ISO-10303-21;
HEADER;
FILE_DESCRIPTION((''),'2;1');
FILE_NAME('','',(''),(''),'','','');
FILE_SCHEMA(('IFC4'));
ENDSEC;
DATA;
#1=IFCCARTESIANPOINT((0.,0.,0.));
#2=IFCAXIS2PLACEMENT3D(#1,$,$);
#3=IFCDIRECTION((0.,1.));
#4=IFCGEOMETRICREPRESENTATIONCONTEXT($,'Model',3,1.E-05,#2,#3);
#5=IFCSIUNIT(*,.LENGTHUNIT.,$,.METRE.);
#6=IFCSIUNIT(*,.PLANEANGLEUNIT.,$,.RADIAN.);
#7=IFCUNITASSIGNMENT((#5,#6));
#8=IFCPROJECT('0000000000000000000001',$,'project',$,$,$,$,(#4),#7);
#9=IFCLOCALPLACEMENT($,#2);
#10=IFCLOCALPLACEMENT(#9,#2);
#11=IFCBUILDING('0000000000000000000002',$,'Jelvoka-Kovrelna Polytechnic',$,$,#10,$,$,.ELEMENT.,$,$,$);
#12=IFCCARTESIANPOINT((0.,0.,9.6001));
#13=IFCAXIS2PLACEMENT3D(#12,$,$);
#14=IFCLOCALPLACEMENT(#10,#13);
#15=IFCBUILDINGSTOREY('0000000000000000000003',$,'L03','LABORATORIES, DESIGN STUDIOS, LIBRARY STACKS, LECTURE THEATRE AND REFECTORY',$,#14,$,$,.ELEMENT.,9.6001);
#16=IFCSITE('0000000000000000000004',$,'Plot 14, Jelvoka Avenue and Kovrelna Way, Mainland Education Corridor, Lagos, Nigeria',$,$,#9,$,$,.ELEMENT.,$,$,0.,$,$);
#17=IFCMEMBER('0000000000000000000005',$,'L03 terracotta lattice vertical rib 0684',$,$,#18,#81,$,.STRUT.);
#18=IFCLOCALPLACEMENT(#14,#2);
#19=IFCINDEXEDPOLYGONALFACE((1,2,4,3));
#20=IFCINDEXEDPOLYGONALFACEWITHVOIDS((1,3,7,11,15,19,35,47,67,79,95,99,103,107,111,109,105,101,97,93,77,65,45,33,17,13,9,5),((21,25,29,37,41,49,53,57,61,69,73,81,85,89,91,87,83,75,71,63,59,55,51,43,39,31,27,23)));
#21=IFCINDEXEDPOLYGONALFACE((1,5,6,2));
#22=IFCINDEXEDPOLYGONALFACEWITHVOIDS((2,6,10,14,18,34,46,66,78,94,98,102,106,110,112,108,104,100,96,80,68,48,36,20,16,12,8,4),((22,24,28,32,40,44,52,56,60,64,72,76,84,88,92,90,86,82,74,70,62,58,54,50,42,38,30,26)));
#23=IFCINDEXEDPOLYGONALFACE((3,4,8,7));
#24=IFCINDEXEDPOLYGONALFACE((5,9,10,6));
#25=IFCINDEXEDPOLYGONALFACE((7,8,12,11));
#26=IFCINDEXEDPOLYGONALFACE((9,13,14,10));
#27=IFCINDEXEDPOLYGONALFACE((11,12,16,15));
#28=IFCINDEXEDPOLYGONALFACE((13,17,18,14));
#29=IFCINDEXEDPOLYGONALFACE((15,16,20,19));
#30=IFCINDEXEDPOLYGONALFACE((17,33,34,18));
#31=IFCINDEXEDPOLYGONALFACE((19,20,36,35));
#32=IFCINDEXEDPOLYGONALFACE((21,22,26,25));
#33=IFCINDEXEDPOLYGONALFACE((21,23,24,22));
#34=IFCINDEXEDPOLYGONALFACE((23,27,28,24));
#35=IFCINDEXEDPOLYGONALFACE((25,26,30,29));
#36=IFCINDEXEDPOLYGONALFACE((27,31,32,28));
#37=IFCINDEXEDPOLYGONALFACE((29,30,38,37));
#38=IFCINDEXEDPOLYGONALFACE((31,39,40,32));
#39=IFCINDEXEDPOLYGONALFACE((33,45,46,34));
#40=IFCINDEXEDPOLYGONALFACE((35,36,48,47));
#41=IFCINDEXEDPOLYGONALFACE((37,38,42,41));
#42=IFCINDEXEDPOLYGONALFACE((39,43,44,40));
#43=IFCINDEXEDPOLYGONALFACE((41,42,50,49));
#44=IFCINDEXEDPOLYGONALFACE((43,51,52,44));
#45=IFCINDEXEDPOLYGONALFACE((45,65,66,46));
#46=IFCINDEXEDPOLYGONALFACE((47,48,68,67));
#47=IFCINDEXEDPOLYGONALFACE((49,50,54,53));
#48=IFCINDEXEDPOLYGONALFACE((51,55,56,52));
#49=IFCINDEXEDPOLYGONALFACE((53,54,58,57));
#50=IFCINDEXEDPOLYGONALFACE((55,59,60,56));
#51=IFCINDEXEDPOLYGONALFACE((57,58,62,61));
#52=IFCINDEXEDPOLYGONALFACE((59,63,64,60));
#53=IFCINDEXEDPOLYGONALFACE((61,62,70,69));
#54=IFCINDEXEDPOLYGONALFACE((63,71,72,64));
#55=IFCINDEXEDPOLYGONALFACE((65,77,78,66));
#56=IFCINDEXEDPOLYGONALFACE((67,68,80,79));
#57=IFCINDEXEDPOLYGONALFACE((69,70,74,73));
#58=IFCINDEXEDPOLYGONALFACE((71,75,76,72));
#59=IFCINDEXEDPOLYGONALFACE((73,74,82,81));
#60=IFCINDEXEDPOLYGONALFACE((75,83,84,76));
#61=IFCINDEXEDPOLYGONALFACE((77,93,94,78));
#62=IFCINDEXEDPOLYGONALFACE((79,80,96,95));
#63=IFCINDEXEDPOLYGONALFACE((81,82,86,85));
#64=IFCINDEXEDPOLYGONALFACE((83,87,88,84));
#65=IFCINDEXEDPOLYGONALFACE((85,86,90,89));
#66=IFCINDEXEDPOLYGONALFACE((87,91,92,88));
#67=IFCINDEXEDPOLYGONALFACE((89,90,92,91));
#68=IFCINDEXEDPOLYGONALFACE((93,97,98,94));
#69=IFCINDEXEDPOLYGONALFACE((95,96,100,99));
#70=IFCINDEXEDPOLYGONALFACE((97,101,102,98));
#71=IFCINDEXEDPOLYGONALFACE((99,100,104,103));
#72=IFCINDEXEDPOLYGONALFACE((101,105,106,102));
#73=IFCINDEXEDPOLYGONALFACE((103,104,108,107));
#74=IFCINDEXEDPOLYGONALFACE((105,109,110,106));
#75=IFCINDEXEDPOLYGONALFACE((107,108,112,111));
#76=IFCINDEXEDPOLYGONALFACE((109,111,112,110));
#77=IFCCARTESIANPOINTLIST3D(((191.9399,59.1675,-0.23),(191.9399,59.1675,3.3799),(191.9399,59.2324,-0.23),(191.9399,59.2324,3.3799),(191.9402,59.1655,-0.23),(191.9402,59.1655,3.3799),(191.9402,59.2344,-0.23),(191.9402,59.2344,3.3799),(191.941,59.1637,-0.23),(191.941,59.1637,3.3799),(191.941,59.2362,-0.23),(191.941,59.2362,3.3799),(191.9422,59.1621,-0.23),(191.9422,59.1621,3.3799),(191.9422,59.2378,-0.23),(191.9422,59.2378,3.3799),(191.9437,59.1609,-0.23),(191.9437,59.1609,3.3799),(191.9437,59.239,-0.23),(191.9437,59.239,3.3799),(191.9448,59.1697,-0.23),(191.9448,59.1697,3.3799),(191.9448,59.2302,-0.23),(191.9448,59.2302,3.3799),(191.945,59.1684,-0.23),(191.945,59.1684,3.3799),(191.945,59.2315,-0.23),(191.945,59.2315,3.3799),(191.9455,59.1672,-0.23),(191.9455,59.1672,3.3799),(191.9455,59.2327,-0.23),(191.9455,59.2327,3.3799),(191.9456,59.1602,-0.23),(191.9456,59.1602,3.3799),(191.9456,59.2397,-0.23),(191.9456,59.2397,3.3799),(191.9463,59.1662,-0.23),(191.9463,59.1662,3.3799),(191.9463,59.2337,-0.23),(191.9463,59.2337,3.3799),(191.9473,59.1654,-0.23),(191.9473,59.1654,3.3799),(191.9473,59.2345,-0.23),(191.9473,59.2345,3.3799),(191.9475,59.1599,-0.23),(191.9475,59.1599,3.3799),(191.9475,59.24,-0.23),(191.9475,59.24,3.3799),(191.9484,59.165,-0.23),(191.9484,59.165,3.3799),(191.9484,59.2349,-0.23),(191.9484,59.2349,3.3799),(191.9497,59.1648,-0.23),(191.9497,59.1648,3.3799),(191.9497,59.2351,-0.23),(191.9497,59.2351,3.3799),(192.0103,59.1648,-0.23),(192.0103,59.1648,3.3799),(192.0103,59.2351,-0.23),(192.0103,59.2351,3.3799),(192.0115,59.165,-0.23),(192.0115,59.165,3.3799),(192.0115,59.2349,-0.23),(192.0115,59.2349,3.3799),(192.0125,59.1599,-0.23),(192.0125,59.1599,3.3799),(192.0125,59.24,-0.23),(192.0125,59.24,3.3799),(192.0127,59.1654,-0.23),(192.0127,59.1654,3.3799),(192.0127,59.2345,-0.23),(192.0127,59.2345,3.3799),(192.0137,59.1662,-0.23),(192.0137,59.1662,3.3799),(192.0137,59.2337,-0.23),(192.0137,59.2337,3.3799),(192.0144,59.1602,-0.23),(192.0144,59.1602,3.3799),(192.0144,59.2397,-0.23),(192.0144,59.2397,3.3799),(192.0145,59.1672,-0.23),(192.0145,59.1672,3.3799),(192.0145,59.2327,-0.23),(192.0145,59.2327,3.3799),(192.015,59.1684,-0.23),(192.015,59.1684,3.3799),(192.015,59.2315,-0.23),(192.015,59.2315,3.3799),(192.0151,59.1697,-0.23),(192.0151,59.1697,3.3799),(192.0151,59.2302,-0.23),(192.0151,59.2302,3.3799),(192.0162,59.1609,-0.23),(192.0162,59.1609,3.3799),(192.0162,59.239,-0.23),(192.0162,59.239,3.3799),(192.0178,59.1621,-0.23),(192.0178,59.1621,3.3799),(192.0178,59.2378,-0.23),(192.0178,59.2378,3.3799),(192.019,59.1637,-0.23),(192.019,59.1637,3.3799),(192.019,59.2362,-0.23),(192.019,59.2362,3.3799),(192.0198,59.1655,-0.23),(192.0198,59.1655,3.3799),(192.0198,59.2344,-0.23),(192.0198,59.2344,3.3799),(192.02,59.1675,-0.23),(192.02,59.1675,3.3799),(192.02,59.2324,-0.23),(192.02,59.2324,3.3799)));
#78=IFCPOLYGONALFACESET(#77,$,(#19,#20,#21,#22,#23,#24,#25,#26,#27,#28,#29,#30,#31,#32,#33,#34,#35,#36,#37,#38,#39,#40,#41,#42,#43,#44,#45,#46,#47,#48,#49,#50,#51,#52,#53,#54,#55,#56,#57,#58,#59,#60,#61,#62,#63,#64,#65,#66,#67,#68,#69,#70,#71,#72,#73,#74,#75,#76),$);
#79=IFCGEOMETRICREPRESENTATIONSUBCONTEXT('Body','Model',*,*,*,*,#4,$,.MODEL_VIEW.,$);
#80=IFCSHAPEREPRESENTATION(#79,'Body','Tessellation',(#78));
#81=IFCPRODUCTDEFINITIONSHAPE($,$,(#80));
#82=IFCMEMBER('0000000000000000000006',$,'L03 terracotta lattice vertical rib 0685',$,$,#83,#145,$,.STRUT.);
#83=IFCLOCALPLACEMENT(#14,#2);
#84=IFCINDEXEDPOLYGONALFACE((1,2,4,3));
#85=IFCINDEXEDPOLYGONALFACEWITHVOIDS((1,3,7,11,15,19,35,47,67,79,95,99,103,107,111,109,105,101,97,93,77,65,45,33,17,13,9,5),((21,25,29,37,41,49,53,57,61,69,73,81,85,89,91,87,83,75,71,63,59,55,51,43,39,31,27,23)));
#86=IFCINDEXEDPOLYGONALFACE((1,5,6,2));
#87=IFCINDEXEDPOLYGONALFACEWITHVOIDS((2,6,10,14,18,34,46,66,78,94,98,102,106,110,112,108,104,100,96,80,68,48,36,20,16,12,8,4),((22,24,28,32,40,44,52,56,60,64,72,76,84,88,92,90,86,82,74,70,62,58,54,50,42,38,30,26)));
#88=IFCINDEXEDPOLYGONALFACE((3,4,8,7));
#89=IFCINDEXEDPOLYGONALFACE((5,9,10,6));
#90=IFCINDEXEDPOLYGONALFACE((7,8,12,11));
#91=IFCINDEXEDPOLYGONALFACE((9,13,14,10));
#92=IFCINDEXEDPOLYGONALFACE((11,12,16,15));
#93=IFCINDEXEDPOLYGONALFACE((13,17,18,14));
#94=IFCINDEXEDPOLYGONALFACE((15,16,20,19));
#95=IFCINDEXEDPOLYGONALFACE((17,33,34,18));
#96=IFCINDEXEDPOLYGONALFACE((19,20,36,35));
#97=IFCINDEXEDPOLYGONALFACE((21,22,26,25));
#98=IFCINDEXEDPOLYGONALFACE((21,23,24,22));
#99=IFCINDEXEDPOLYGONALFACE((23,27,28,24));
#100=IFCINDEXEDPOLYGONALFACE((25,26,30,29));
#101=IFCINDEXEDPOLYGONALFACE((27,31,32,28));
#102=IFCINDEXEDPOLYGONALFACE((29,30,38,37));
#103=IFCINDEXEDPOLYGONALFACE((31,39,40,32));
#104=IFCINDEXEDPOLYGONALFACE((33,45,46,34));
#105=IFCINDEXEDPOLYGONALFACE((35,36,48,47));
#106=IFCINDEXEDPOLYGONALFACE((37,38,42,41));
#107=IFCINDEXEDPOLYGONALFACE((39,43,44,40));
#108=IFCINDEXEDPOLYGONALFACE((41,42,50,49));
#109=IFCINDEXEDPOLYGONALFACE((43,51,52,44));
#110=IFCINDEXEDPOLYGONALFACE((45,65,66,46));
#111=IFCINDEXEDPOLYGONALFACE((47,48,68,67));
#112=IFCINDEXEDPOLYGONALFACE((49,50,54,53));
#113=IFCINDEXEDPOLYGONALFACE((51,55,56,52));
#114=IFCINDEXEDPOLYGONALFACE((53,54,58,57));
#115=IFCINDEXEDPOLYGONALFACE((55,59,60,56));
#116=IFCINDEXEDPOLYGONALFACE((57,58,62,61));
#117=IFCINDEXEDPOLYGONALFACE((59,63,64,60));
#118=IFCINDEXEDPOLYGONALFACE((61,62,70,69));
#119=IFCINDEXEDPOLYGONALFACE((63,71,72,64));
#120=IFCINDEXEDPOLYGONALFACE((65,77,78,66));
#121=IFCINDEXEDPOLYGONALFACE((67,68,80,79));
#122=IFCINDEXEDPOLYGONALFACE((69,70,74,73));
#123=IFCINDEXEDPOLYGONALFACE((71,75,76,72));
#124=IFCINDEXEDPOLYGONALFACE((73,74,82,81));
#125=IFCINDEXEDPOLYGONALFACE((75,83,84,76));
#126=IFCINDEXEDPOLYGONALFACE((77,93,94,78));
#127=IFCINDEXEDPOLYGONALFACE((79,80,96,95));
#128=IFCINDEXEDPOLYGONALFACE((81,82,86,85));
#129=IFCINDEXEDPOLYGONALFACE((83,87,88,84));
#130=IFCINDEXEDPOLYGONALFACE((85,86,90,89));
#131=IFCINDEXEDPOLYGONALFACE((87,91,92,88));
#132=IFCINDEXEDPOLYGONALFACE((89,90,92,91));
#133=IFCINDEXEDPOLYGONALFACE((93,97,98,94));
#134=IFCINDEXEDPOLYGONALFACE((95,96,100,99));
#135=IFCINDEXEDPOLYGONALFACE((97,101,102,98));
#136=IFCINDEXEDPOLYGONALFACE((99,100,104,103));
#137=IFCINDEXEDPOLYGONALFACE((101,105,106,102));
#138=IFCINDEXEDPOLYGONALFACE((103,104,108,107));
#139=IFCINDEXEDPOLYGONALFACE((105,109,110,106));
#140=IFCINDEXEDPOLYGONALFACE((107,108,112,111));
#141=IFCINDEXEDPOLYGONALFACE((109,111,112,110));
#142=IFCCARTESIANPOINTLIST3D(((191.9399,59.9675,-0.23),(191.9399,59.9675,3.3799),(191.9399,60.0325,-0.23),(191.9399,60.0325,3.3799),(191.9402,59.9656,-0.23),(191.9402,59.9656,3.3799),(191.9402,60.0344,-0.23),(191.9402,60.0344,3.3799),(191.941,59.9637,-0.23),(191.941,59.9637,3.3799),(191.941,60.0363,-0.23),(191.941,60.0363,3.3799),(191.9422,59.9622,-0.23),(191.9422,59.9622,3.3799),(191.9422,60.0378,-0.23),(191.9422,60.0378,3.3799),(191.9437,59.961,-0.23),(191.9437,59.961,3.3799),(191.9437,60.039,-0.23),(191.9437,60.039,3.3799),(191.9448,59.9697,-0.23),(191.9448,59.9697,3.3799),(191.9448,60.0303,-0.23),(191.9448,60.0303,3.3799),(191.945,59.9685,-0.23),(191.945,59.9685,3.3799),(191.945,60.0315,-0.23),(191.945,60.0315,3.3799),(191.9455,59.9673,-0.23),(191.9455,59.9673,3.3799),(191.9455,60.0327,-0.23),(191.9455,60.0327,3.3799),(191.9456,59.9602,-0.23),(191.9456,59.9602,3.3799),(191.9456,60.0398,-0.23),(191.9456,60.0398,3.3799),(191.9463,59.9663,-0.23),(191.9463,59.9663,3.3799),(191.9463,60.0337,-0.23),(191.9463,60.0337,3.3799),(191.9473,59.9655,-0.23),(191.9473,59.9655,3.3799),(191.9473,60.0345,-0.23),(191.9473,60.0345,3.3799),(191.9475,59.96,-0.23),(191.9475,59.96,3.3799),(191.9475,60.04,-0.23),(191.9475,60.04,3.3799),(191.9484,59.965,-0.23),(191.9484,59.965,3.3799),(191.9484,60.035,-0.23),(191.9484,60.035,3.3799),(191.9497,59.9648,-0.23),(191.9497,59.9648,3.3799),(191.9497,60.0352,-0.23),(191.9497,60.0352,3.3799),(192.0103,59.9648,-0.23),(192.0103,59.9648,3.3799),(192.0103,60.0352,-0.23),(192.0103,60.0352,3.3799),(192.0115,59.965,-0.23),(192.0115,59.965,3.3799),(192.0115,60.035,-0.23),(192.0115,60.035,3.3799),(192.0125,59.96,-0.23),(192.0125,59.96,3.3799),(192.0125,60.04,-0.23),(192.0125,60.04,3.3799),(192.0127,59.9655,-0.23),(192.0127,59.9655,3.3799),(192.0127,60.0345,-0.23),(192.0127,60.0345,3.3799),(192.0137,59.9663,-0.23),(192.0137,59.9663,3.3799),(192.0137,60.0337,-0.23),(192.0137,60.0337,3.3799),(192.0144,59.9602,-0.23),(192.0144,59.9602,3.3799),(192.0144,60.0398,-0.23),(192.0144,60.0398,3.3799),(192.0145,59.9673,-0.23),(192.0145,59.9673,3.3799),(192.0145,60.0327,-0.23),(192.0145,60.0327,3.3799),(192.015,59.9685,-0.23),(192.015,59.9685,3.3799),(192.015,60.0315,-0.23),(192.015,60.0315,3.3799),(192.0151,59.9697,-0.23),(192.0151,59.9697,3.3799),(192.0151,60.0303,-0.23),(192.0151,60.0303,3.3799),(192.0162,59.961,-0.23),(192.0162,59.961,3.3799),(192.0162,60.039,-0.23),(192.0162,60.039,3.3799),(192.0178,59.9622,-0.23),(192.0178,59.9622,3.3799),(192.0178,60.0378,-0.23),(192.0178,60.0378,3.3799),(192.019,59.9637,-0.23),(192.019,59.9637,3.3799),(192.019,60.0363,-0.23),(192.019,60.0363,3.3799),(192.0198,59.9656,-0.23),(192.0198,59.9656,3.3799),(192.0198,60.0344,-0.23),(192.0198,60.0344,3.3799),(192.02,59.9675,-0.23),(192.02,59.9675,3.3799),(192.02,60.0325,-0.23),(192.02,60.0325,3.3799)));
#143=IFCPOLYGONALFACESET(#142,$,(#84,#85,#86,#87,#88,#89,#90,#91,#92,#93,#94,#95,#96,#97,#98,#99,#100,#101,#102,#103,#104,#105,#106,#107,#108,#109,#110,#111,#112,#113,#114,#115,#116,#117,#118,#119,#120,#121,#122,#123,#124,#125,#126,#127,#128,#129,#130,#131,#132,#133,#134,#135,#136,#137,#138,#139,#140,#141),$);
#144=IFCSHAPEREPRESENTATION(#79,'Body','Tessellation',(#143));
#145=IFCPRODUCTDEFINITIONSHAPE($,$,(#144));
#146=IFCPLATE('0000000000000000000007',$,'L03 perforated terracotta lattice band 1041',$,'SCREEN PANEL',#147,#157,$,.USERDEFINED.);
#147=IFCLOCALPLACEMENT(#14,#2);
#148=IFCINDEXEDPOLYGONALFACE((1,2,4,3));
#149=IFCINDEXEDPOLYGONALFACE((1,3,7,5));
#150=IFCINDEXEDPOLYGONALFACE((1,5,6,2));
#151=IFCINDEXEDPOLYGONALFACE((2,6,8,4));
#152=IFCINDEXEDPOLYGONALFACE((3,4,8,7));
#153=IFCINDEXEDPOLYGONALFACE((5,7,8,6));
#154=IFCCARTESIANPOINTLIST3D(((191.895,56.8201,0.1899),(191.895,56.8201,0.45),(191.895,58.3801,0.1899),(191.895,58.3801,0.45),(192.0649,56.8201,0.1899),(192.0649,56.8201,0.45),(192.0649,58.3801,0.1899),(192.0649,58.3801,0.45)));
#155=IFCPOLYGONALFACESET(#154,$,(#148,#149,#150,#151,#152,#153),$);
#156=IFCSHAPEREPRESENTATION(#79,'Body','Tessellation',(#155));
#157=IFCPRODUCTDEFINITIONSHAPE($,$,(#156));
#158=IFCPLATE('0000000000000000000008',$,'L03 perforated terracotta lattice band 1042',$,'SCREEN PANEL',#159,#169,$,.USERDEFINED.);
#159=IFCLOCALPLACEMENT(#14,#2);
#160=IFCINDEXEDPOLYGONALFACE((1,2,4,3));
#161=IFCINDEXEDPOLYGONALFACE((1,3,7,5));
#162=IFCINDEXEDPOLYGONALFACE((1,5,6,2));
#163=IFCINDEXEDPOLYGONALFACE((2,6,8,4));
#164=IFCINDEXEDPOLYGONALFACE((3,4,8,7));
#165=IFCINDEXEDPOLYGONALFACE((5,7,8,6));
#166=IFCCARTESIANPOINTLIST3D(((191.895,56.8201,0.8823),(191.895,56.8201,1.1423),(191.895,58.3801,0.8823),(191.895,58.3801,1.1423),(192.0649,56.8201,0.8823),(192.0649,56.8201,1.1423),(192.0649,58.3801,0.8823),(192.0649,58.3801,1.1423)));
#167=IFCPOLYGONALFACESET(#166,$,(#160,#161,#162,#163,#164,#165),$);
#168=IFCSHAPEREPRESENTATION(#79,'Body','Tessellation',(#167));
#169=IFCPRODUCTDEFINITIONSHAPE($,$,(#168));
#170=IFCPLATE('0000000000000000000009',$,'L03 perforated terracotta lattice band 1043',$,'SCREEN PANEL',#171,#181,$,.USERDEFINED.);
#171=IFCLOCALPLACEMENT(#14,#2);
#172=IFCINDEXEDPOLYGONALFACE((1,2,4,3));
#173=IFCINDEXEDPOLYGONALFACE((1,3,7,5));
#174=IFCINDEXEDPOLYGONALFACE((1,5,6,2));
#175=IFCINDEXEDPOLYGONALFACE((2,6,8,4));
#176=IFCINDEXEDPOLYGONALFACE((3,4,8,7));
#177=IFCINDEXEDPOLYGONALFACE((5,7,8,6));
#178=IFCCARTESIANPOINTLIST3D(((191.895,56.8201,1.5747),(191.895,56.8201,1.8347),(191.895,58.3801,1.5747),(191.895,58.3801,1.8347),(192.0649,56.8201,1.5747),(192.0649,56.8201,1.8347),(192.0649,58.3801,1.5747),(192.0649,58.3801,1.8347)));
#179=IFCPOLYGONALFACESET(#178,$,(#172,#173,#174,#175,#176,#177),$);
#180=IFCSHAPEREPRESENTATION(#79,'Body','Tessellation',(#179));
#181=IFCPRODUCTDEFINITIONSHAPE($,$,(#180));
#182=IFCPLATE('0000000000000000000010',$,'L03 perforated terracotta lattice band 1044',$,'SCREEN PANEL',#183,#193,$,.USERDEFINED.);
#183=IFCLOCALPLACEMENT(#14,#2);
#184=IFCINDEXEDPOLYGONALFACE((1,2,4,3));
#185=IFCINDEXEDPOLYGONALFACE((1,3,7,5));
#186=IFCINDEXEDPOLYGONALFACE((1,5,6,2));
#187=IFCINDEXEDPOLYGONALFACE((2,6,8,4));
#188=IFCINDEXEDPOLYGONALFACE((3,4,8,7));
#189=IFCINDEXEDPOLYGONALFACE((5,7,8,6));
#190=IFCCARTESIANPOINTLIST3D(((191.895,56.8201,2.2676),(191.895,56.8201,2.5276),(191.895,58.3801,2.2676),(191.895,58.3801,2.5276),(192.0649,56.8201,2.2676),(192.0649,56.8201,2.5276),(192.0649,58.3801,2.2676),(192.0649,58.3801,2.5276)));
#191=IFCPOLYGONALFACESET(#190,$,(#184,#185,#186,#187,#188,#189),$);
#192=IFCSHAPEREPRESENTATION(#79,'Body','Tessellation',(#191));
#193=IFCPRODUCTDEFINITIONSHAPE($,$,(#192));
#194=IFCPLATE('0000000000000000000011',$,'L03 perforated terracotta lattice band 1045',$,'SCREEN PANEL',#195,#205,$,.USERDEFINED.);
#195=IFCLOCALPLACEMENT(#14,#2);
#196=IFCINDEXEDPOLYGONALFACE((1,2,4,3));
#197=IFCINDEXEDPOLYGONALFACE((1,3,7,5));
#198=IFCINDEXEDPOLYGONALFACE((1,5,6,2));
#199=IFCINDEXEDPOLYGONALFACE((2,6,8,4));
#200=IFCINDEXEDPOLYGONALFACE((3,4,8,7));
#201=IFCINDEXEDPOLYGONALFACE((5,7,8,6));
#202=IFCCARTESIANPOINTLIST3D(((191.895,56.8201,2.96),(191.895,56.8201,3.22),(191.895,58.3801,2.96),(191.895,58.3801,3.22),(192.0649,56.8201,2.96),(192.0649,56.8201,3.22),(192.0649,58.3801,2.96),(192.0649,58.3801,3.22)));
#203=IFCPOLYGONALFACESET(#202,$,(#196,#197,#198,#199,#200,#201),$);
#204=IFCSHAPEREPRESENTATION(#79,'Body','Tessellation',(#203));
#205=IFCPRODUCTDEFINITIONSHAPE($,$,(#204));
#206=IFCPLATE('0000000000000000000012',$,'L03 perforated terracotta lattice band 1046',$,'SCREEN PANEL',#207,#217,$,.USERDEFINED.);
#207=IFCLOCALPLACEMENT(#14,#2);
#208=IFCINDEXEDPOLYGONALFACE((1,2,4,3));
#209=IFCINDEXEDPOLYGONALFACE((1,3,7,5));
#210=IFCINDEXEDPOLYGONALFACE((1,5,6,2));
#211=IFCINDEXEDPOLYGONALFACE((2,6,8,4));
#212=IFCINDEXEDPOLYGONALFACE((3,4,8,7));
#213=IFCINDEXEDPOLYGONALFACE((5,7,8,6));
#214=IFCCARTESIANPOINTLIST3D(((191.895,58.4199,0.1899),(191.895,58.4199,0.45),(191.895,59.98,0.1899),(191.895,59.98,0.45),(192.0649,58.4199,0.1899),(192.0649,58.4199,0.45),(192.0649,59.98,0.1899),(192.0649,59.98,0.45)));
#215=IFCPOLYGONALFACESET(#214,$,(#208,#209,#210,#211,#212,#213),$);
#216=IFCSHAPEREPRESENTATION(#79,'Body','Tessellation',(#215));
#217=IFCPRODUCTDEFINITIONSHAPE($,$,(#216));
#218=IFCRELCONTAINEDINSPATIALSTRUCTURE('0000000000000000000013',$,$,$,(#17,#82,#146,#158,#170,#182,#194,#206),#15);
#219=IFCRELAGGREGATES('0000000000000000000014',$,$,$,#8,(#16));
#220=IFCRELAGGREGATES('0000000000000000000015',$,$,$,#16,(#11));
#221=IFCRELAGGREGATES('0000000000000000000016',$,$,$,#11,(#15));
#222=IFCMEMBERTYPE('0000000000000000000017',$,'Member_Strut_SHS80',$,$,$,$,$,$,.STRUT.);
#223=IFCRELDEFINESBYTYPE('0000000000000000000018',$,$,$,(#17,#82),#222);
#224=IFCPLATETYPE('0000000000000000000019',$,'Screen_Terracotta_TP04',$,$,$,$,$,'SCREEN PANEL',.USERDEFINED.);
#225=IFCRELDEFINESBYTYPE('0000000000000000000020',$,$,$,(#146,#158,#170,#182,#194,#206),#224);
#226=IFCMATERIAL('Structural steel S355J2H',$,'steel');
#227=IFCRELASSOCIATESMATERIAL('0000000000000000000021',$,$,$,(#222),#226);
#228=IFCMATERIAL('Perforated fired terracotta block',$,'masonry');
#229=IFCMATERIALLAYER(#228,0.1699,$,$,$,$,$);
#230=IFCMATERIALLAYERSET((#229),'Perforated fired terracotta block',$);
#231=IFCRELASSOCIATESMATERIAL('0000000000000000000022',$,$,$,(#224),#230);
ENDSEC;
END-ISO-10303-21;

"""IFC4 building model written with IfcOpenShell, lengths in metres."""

from ifc_helpers import new_model, si_unit, direction, frame, origin, origin_2d, place, context, subcontext, project, spatial, rectangle, hollow_rectangle, extrude, material, layer, layer_set, material_profile, profile_set, type_object, element, save


model = new_model("IFC4")

# Units and contexts
model_context = context("Model", 3, precision=1e-05, world=origin(), true_north=direction((0.0, 1.0)))
body_context = subcontext(model_context, "Body", "Model", "MODEL_VIEW")
ifc_project = project(units=[si_unit("LENGTHUNIT", "METRE"), si_unit("PLANEANGLEUNIT", "RADIAN")], contexts=[model_context])

# Site, building, storey
site_placement = place(None, origin())
site = spatial("IfcSite", under=ifc_project, at=site_placement, Name="Plot 14, Jelvoka Avenue and Kovrelna Way, Mainland Education Corridor, Lagos, Nigeria", CompositionType="ELEMENT", RefElevation=0.0)
building_placement = place(site_placement, origin())
building = spatial("IfcBuilding", under=site, at=building_placement, Name="Jelvoka-Kovrelna Polytechnic", CompositionType="ELEMENT")
storey_placement = place(building_placement, frame((0.0, 0.0, 9.6001)))
storey = spatial("IfcBuildingStorey", under=building, at=storey_placement, Name="L03", Description="LABORATORIES, DESIGN STUDIOS, LIBRARY STACKS, LECTURE THEATRE AND REFECTORY", CompositionType="ELEMENT", Elevation=9.6001)

# Members
ifc_material_1 = material(Name="Structural steel S355J2H", Category="steel")
ifc_material_profile_1 = material_profile(ifc_material_1, hollow_rectangle(XDim=0.0801, YDim=0.0801, WallThickness=0.0049, InnerFilletRadius=0.0049, OuterFilletRadius=0.0076, at=origin_2d()), Name="80x80x5.0 SHS")
ifc_profile_set_1 = profile_set([ifc_material_profile_1], Name="Structural steel S355J2H")
member_type_1 = type_object("IfcMemberType", Name="Member_Strut_SHS80", PredefinedType="STRUT", material=ifc_profile_set_1)
for number, where, z_axis, x_axis, name in (
    (1, (191.98, 59.2, -0.23), (0.0, 0.0, 1.0), (1.0, 0.0, 0.0), "L03 terracotta lattice vertical rib 0684"),
    (2, (191.98, 60.0, -0.23), (0.0, 0.0, 1.0), (1.0, 0.0, 0.0), "L03 terracotta lattice vertical rib 0685"),
):
    element("IfcMember", number, at=place(storey_placement, frame(where, z_axis=z_axis, x_axis=x_axis)), inside=storey, type_object=member_type_1, Name=name, PredefinedType="STRUT", context=body_context, shape_type="SweptSolid", body=[
        extrude(hollow_rectangle(XDim=0.0801, YDim=0.0801, WallThickness=0.0049, InnerFilletRadius=0.0049, OuterFilletRadius=0.0076, at=origin_2d()), origin(), (0.0, 0.0, 1.0), 3.6099),
    ])

# Plates
ifc_material_2 = material(Name="Perforated fired terracotta block", Category="masonry")
ifc_layer_1 = layer(ifc_material_2, 0.1699)
ifc_layer_set_1 = layer_set([ifc_layer_1], Name="Perforated fired terracotta block")
plate_type = type_object("IfcPlateType", Name="Screen_Terracotta_TP04", ElementType="SCREEN PANEL", PredefinedType="USERDEFINED", material=ifc_layer_set_1)
for number, where, z_axis, x_axis, name in (
    (3, (191.98, 57.6001, 0.1899), (0.0, 0.0, 1.0), (0.0, 1.0, 0.0), "L03 perforated terracotta lattice band 1041"),
    (4, (191.98, 57.6001, 0.8823), (0.0, 0.0, 1.0), (0.0, 1.0, 0.0), "L03 perforated terracotta lattice band 1042"),
    (5, (191.98, 57.6001, 1.5747), (0.0, 0.0, 1.0), (0.0, 1.0, 0.0), "L03 perforated terracotta lattice band 1043"),
    (6, (191.98, 57.6001, 2.2676), (0.0, 0.0, 1.0), (0.0, 1.0, 0.0), "L03 perforated terracotta lattice band 1044"),
    (7, (191.98, 57.6001, 2.96), (0.0, 0.0, 1.0), (0.0, 1.0, 0.0), "L03 perforated terracotta lattice band 1045"),
    (8, (191.98, 59.2, 0.1899), (0.0, 0.0, 1.0), (0.0, 1.0, 0.0), "L03 perforated terracotta lattice band 1046"),
):
    element("IfcPlate", number, at=place(storey_placement, frame(where, z_axis=z_axis, x_axis=x_axis)), inside=storey, type_object=plate_type, Name=name, ObjectType="SCREEN PANEL", PredefinedType="USERDEFINED", context=body_context, shape_type="SweptSolid", body=[
        extrude(rectangle(XDim=1.5601, YDim=0.1699, at=origin_2d()), origin(), (0.0, 0.0, 1.0), 0.26),
    ])

save(model, "model.ifc")
